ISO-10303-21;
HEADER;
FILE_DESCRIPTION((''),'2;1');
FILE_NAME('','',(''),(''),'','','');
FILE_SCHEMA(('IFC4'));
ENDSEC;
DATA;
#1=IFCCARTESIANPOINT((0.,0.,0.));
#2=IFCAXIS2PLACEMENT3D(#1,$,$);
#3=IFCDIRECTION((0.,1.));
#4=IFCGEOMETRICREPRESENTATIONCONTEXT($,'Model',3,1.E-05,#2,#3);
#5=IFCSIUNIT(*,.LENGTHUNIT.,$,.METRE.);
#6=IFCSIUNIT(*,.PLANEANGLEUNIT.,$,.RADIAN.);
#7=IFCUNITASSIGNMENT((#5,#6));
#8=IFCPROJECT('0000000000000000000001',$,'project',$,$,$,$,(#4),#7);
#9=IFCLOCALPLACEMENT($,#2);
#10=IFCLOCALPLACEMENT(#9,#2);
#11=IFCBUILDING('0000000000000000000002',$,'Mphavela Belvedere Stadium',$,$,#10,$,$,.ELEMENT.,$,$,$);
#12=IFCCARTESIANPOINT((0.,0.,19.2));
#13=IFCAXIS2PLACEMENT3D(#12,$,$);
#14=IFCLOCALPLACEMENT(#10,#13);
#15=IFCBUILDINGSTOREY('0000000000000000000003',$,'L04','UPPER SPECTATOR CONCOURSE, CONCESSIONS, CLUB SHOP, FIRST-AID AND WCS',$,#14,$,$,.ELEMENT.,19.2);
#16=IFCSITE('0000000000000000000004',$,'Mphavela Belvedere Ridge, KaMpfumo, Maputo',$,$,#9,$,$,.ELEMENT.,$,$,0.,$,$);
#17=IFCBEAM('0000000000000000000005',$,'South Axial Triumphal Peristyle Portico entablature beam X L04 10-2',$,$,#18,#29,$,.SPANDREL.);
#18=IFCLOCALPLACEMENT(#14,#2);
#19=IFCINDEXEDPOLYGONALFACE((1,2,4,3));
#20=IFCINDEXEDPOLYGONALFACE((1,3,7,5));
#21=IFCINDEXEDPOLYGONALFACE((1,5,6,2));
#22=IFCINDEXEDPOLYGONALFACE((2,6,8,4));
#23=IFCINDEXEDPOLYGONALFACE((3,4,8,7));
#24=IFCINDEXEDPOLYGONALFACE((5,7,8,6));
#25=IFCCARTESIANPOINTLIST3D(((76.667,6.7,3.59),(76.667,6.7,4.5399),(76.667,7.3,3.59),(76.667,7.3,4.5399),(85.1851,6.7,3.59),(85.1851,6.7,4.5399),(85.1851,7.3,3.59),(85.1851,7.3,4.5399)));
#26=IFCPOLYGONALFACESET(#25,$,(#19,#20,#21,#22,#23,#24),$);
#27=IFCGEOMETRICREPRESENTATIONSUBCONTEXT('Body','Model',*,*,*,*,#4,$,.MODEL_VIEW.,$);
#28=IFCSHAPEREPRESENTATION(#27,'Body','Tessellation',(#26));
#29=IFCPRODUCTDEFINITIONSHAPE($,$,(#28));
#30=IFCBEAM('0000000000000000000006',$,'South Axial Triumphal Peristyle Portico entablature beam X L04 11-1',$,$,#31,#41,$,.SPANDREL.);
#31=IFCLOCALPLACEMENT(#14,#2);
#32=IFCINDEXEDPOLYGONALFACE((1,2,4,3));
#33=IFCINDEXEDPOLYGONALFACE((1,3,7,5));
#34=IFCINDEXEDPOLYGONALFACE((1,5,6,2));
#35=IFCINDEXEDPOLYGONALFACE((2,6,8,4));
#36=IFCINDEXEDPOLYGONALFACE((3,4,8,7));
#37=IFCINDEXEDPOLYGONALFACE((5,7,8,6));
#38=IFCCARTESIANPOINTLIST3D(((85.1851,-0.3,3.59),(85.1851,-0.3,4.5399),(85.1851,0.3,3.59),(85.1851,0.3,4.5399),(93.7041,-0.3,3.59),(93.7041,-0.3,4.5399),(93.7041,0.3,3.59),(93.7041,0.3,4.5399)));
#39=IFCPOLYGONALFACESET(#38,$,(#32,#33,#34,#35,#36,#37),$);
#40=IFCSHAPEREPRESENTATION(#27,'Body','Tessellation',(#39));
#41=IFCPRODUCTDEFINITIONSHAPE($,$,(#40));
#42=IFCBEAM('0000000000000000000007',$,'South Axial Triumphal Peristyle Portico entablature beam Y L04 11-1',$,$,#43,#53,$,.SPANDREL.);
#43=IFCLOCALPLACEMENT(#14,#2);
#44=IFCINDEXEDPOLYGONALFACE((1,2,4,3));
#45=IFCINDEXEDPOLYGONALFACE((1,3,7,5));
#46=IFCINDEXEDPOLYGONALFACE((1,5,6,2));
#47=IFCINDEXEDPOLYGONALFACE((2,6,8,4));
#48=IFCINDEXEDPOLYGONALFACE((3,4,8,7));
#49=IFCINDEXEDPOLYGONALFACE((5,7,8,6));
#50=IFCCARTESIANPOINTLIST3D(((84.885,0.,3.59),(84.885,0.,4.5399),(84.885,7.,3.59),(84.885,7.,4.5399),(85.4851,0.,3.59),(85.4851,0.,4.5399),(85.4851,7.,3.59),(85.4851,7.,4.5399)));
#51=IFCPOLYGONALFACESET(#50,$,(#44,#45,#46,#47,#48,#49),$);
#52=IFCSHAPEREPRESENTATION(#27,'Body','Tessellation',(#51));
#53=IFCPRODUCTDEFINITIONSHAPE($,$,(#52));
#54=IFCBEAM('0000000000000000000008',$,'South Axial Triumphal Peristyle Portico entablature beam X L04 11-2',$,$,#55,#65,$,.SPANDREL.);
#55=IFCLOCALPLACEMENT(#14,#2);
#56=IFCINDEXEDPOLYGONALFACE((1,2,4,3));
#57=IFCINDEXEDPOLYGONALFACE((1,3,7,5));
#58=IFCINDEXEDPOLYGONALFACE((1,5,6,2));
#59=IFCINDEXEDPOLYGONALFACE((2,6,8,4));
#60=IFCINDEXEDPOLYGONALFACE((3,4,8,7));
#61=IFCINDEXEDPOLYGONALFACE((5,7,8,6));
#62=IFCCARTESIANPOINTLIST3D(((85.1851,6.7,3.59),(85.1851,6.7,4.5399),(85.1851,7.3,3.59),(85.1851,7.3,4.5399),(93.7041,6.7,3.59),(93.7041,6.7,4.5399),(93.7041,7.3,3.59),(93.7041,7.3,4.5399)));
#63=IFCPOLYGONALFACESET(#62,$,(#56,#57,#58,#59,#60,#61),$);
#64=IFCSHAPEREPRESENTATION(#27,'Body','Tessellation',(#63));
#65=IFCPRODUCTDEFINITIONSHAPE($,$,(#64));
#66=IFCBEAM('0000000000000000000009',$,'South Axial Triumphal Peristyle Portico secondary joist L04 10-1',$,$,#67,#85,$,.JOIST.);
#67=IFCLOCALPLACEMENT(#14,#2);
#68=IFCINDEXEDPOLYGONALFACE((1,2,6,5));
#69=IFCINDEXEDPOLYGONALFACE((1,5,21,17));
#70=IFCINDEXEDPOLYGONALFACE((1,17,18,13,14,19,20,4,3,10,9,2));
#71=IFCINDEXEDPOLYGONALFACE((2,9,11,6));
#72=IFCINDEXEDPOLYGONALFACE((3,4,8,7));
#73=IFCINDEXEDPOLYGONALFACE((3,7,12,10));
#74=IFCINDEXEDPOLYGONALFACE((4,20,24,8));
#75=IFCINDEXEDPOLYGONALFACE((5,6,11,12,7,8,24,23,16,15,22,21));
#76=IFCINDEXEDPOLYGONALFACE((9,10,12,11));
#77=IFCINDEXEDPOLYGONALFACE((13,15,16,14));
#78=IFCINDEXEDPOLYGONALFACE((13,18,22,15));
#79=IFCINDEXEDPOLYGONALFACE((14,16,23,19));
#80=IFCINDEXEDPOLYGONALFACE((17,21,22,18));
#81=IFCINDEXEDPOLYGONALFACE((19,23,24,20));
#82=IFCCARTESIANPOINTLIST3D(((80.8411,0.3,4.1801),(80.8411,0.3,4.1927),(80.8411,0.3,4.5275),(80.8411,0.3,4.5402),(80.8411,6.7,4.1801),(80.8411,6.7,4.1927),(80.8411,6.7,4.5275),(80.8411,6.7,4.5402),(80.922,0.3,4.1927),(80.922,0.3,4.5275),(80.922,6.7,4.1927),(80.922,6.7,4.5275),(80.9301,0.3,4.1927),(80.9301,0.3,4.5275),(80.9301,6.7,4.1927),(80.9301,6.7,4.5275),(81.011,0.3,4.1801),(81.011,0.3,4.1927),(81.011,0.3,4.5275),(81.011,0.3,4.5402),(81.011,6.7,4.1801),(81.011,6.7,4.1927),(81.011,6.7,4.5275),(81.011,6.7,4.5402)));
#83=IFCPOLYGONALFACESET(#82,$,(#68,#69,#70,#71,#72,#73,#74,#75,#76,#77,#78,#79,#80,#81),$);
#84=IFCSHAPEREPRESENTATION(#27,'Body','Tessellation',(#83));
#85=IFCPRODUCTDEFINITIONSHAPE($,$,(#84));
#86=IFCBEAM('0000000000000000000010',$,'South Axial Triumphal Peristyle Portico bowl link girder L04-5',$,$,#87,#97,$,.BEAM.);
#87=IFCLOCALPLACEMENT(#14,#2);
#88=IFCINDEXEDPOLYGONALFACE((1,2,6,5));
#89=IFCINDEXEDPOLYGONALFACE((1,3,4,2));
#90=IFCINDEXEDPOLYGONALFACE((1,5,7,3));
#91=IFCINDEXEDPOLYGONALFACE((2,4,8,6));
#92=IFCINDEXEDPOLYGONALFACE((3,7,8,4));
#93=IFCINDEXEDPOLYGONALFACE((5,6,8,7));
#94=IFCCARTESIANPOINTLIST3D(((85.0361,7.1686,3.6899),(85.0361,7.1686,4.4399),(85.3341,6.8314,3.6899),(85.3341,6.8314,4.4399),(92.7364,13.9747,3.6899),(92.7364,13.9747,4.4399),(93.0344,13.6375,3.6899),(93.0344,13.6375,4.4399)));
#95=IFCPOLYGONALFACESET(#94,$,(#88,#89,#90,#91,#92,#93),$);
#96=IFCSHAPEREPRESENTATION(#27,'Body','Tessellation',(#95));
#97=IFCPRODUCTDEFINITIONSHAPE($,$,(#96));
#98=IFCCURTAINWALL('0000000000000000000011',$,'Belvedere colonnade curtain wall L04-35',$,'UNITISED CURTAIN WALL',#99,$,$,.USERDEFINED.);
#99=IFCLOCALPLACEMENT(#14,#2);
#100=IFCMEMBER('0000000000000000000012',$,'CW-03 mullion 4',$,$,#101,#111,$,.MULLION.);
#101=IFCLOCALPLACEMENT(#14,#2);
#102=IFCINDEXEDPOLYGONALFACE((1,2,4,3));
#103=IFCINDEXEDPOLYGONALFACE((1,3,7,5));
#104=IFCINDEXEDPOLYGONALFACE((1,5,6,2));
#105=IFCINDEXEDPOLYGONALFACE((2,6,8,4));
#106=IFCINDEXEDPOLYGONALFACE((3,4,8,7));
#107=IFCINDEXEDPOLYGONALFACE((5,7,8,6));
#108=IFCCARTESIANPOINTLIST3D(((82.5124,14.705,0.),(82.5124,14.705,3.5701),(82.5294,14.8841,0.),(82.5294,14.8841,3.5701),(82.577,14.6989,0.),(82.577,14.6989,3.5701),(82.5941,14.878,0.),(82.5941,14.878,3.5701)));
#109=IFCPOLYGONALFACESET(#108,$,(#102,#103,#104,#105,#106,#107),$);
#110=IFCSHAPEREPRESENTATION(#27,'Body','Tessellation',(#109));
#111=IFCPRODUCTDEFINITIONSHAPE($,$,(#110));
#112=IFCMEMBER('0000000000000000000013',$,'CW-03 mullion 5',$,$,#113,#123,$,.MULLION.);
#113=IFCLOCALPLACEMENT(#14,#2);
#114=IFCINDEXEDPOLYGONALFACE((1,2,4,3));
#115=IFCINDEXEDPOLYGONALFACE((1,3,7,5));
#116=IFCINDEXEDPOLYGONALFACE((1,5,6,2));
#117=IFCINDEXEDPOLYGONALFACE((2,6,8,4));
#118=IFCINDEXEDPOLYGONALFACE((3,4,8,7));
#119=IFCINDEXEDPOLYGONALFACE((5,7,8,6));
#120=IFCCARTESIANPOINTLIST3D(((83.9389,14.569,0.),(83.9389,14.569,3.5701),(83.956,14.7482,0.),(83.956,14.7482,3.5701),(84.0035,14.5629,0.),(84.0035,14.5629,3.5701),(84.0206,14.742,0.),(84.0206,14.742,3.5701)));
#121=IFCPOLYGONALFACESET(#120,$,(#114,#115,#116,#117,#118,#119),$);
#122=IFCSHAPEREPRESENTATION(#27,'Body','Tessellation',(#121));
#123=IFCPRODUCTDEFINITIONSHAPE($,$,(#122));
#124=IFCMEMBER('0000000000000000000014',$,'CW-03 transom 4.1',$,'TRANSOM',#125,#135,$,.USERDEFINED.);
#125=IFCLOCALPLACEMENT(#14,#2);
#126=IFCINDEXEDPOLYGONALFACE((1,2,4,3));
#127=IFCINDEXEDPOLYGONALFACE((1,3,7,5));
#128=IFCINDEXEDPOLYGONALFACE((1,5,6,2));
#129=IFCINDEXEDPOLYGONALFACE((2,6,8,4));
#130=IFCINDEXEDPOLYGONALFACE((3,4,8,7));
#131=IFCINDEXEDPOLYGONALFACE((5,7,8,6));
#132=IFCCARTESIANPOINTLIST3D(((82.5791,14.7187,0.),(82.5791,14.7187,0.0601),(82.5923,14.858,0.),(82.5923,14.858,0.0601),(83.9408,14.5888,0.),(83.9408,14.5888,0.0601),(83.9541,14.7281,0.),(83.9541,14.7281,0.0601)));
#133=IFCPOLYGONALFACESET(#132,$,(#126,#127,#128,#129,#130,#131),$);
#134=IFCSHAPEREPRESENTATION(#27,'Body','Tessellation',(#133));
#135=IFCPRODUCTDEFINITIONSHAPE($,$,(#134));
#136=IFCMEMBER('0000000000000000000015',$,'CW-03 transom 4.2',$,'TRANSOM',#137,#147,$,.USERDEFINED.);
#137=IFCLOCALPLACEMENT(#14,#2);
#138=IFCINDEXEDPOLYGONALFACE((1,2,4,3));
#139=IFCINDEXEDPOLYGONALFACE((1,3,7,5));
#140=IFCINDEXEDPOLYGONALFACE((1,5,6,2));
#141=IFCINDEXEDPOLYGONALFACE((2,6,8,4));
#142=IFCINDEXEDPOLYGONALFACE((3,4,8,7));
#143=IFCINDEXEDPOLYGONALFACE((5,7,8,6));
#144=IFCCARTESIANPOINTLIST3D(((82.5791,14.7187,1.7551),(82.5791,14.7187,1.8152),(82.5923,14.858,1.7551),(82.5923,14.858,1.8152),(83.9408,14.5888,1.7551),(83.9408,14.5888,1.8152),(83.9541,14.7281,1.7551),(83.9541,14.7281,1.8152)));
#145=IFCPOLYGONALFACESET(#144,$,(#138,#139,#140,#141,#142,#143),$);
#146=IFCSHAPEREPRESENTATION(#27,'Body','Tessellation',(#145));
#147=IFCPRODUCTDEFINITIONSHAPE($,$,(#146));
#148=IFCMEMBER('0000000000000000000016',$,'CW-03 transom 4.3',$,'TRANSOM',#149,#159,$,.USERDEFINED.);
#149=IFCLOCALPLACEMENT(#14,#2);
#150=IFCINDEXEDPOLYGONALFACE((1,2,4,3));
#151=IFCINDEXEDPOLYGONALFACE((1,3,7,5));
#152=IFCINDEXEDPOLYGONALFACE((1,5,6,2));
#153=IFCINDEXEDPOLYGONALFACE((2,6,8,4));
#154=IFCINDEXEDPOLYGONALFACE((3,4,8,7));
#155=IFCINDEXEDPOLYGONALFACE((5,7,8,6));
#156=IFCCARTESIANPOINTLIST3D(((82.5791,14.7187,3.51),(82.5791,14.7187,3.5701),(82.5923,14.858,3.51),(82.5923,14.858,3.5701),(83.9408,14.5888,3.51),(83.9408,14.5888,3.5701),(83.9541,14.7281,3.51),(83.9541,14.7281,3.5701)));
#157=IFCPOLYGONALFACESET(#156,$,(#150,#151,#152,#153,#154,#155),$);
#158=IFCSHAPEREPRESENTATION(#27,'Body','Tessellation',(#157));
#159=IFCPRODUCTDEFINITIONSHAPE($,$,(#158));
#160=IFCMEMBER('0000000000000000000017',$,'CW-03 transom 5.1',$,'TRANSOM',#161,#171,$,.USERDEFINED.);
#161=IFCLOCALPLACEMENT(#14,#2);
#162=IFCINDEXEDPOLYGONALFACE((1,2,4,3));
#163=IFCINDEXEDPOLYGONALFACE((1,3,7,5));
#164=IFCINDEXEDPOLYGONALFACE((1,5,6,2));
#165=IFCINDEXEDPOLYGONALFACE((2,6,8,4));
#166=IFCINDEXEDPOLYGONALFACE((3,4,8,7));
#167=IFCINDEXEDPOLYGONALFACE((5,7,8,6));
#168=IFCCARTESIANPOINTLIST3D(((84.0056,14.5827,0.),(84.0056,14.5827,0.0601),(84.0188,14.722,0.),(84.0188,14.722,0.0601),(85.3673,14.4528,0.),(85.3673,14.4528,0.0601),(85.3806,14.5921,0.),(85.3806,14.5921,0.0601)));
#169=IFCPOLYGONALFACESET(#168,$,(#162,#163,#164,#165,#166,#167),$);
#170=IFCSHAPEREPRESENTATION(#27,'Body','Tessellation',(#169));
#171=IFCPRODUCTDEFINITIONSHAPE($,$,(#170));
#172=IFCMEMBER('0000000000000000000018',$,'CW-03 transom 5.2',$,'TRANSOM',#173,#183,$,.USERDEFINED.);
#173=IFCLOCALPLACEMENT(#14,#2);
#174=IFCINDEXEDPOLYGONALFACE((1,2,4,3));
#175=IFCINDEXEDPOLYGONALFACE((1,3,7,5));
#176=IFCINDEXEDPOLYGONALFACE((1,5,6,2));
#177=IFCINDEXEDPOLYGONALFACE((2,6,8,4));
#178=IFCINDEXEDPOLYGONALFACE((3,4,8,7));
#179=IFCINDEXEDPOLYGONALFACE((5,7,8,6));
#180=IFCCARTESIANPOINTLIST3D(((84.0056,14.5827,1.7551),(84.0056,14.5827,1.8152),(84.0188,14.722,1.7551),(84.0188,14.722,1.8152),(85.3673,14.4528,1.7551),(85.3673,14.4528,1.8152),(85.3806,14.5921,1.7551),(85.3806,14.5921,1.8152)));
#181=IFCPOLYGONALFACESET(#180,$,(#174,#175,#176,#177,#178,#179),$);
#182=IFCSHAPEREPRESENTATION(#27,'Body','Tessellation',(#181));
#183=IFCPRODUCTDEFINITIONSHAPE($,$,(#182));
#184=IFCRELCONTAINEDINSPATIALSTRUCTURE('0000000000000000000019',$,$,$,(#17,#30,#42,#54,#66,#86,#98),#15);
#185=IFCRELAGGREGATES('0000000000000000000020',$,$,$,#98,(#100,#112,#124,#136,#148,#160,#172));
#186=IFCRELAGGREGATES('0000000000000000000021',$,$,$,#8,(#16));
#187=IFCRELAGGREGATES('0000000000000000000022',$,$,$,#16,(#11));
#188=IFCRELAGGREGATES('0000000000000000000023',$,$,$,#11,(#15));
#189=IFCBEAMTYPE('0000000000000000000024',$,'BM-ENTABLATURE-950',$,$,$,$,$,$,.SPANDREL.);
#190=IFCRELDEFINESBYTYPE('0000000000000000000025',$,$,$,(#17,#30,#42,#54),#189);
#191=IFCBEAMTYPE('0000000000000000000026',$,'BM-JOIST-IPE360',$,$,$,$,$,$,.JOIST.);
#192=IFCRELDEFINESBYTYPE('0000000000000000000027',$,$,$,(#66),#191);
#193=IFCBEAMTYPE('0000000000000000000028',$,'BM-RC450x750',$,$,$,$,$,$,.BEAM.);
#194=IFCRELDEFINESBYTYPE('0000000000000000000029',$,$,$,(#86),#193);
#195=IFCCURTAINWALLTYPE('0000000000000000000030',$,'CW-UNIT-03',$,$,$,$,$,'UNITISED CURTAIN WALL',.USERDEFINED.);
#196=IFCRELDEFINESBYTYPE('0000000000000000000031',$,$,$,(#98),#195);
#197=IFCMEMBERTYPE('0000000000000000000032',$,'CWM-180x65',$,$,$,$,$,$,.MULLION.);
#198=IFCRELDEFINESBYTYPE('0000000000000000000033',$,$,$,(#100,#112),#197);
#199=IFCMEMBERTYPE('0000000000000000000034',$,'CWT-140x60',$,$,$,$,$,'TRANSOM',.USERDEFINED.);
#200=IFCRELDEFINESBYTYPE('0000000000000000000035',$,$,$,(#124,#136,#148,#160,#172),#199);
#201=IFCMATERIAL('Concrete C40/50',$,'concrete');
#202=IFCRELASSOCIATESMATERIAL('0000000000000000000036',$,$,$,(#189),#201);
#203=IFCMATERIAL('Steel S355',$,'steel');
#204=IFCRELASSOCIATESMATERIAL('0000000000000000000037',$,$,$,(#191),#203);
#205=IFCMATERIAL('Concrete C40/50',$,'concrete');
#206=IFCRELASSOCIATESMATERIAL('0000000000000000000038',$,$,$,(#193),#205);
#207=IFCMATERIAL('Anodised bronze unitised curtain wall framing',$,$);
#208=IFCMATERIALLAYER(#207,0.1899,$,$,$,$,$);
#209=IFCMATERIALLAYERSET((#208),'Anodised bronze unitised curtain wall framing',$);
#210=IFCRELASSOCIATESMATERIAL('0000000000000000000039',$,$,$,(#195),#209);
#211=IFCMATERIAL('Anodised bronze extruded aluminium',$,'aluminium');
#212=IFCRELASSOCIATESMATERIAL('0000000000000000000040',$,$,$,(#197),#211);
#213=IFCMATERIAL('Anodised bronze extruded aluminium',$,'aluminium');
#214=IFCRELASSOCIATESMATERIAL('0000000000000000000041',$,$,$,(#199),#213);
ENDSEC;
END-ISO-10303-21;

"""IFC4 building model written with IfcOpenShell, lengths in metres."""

from ifc_helpers import new_model, si_unit, direction, frame, origin, origin_2d, place, context, subcontext, project, spatial, rectangle, i_section, extrude, material, layer, layer_set, material_profile, profile_set, type_object, element, aggregate, save


model = new_model("IFC4")

# Units and contexts
model_context = context("Model", 3, precision=1e-05, world=origin(), true_north=direction((0.0, 1.0)))
body_context = subcontext(model_context, "Body", "Model", "MODEL_VIEW")
ifc_project = project(units=[si_unit("LENGTHUNIT", "METRE"), si_unit("PLANEANGLEUNIT", "RADIAN")], contexts=[model_context])

# Site, building, storey
site_placement = place(None, origin())
site = spatial("IfcSite", under=ifc_project, at=site_placement, Name="Mphavela Belvedere Ridge, KaMpfumo, Maputo", CompositionType="ELEMENT", RefElevation=0.0)
building_placement = place(site_placement, origin())
building = spatial("IfcBuilding", under=site, at=building_placement, Name="Mphavela Belvedere Stadium", CompositionType="ELEMENT")
storey_placement = place(building_placement, frame((0.0, 0.0, 19.2)))
storey = spatial("IfcBuildingStorey", under=building, at=storey_placement, Name="L04", Description="UPPER SPECTATOR CONCOURSE, CONCESSIONS, CLUB SHOP, FIRST-AID AND WCS", CompositionType="ELEMENT", Elevation=19.2)

# Beams
ifc_material_1 = material(Name="Concrete C40/50", Category="concrete")
ifc_material_profile_1 = material_profile(ifc_material_1, rectangle(XDim=0.6001, YDim=0.95, at=origin_2d()), Name="RC 600x950")
ifc_profile_set_1 = profile_set([ifc_material_profile_1], Name="Concrete C40/50")
beam_type_1 = type_object("IfcBeamType", Name="BM-ENTABLATURE-950", PredefinedType="SPANDREL", material=ifc_profile_set_1)
beam_1_placement = place(storey_placement, frame((76.667, 7.0, 4.0649), z_axis=(1.0, 0.0, 0.0), x_axis=(0.0, 1.0, 0.0)))
element("IfcBeam", 1, at=beam_1_placement, inside=storey, type_object=beam_type_1, Name="South Axial Triumphal Peristyle Portico entablature beam X L04 10-2", PredefinedType="SPANDREL", context=body_context, shape_type="SweptSolid", body=[
    extrude(rectangle(XDim=0.6001, YDim=0.95, at=origin_2d()), origin(), (0.0, 0.0, 1.0), 8.5181),
])
beam_2_placement = place(storey_placement, frame((85.1851, 0.0, 4.0649), z_axis=(1.0, 0.0, 0.0), x_axis=(0.0, 1.0, 0.0)))
element("IfcBeam", 2, at=beam_2_placement, inside=storey, type_object=beam_type_1, Name="South Axial Triumphal Peristyle Portico entablature beam X L04 11-1", PredefinedType="SPANDREL", context=body_context, shape_type="SweptSolid", body=[
    extrude(rectangle(XDim=0.6001, YDim=0.95, at=origin_2d()), origin(), (0.0, 0.0, 1.0), 8.519),
])
beam_3_placement = place(storey_placement, frame((85.1851, 0.0, 4.0649), z_axis=(0.0, 1.0, 0.0), x_axis=(-1.0, 0.0, 0.0)))
element("IfcBeam", 3, at=beam_3_placement, inside=storey, type_object=beam_type_1, Name="South Axial Triumphal Peristyle Portico entablature beam Y L04 11-1", PredefinedType="SPANDREL", context=body_context, shape_type="SweptSolid", body=[
    extrude(rectangle(XDim=0.6001, YDim=0.95, at=origin_2d()), origin(), (0.0, 0.0, 1.0), 7.0),
])
beam_4_placement = place(storey_placement, frame((85.1851, 7.0, 4.0649), z_axis=(1.0, 0.0, 0.0), x_axis=(0.0, 1.0, 0.0)))
element("IfcBeam", 4, at=beam_4_placement, inside=storey, type_object=beam_type_1, Name="South Axial Triumphal Peristyle Portico entablature beam X L04 11-2", PredefinedType="SPANDREL", context=body_context, shape_type="SweptSolid", body=[
    extrude(rectangle(XDim=0.6001, YDim=0.95, at=origin_2d()), origin(), (0.0, 0.0, 1.0), 8.519),
])
ifc_material_2 = material(Name="Steel S355", Category="steel")
ifc_material_profile_2 = material_profile(ifc_material_2, i_section(OverallWidth=0.1699, OverallDepth=0.3601, WebThickness=0.0081, FlangeThickness=0.0127, at=origin_2d()), Name="IPE 360")
ifc_profile_set_2 = profile_set([ifc_material_profile_2], Name="Steel S355")
beam_type_2 = type_object("IfcBeamType", Name="BM-JOIST-IPE360", PredefinedType="JOIST", material=ifc_profile_set_2)
beam_5_placement = place(storey_placement, frame((80.926, 0.3, 4.3601), z_axis=(0.0, 1.0, 0.0), x_axis=(-1.0, 0.0, 0.0)))
element("IfcBeam", 5, at=beam_5_placement, inside=storey, type_object=beam_type_2, Name="South Axial Triumphal Peristyle Portico secondary joist L04 10-1", PredefinedType="JOIST", context=body_context, shape_type="SweptSolid", body=[
    extrude(i_section(OverallWidth=0.1699, OverallDepth=0.3601, WebThickness=0.0081, FlangeThickness=0.0127, at=origin_2d()), origin(), (0.0, 0.0, 1.0), 6.3999),
])
ifc_material_3 = material(Name="Concrete C40/50", Category="concrete")
ifc_material_profile_3 = material_profile(ifc_material_3, rectangle(XDim=0.45, YDim=0.75, at=origin_2d()), Name="RC 450x750")
ifc_profile_set_3 = profile_set([ifc_material_profile_3], Name="Concrete C40/50")
beam_type_3 = type_object("IfcBeamType", Name="BM-RC450x750", PredefinedType="BEAM", material=ifc_profile_set_3)
beam_6_placement = place(storey_placement, frame((85.1851, 7.0, 4.0649), z_axis=(0.749275, 0.662259, 0.0), x_axis=(-0.662259, 0.749275, 0.0)))
element("IfcBeam", 6, at=beam_6_placement, inside=storey, type_object=beam_type_3, Name="South Axial Triumphal Peristyle Portico bowl link girder L04-5", PredefinedType="BEAM", context=body_context, shape_type="SweptSolid", body=[
    extrude(rectangle(XDim=0.45, YDim=0.75, at=origin_2d()), origin(), (0.0, 0.0, 1.0), 10.2771),
])

# Curtain wall, members
ifc_material_4 = material(Name="Anodised bronze unitised curtain wall framing")
ifc_layer_1 = layer(ifc_material_4, 0.1899)
ifc_layer_set_1 = layer_set([ifc_layer_1], Name="Anodised bronze unitised curtain wall framing")
curtain_wall_type = type_object("IfcCurtainWallType", Name="CW-UNIT-03", ElementType="UNITISED CURTAIN WALL", PredefinedType="USERDEFINED", material=ifc_layer_set_1)
curtain_wall_placement = place(storey_placement, origin())
curtain_wall = element("IfcCurtainWall", 7, at=curtain_wall_placement, inside=storey, type_object=curtain_wall_type, Name="Belvedere colonnade curtain wall L04-35", ObjectType="UNITISED CURTAIN WALL", PredefinedType="USERDEFINED")
ifc_material_5 = material(Name="Anodised bronze extruded aluminium", Category="aluminium")
ifc_material_profile_4 = material_profile(ifc_material_5, rectangle(XDim=0.1799, YDim=0.0649, at=origin_2d()), Name="CW-MUL 180x65")
ifc_profile_set_4 = profile_set([ifc_material_profile_4], Name="Anodised bronze extruded aluminium")
member_type_1 = type_object("IfcMemberType", Name="CWM-180x65", PredefinedType="MULLION", material=ifc_profile_set_4)
member_1_placement = place(storey_placement, frame((82.5532, 14.7915, 0.0), z_axis=(0.0, 0.0, 1.0), x_axis=(0.094933, 0.995484, 0.0)))
member_1 = element("IfcMember", 8, at=member_1_placement, type_object=member_type_1, Name="CW-03 mullion 4", PredefinedType="MULLION", context=body_context, shape_type="SweptSolid", body=[
    extrude(rectangle(XDim=0.1799, YDim=0.0649, at=origin_2d()), origin(), (0.0, 0.0, 1.0), 3.5701),
])
member_2_placement = place(storey_placement, frame((83.9797, 14.6555, 0.0), z_axis=(0.0, 0.0, 1.0), x_axis=(0.094933, 0.995484, 0.0)))
member_2 = element("IfcMember", 9, at=member_2_placement, type_object=member_type_1, Name="CW-03 mullion 5", PredefinedType="MULLION", context=body_context, shape_type="SweptSolid", body=[
    extrude(rectangle(XDim=0.1799, YDim=0.0649, at=origin_2d()), origin(), (0.0, 0.0, 1.0), 3.5701),
])
ifc_material_6 = material(Name="Anodised bronze extruded aluminium", Category="aluminium")
ifc_material_profile_5 = material_profile(ifc_material_6, rectangle(XDim=0.1399, YDim=0.0601, at=origin_2d()), Name="CW-TRN 140x60")
ifc_profile_set_5 = profile_set([ifc_material_profile_5], Name="Anodised bronze extruded aluminium")
member_type_2 = type_object("IfcMemberType", Name="CWT-140x60", ElementType="TRANSOM", PredefinedType="USERDEFINED", material=ifc_profile_set_5)
member_3_placement = place(storey_placement, frame((82.5857, 14.7883, 0.03), z_axis=(0.995483, -0.094944, 0.0), x_axis=(0.094944, 0.995483, 0.0)))
member_3 = element("IfcMember", 10, at=member_3_placement, type_object=member_type_2, Name="CW-03 transom 4.1", ObjectType="TRANSOM", PredefinedType="USERDEFINED", context=body_context, shape_type="SweptSolid", body=[
    extrude(rectangle(XDim=0.1399, YDim=0.0601, at=origin_2d()), origin(), (0.0, 0.0, 1.0), 1.3679),
])
member_4_placement = place(storey_placement, frame((82.5857, 14.7883, 1.7852), z_axis=(0.995483, -0.094944, 0.0), x_axis=(0.094944, 0.995483, 0.0)))
member_4 = element("IfcMember", 11, at=member_4_placement, type_object=member_type_2, Name="CW-03 transom 4.2", ObjectType="TRANSOM", PredefinedType="USERDEFINED", context=body_context, shape_type="SweptSolid", body=[
    extrude(rectangle(XDim=0.1399, YDim=0.0601, at=origin_2d()), origin(), (0.0, 0.0, 1.0), 1.3679),
])
member_5_placement = place(storey_placement, frame((82.5857, 14.7883, 3.54), z_axis=(0.995483, -0.094944, 0.0), x_axis=(0.094944, 0.995483, 0.0)))
member_5 = element("IfcMember", 12, at=member_5_placement, type_object=member_type_2, Name="CW-03 transom 4.3", ObjectType="TRANSOM", PredefinedType="USERDEFINED", context=body_context, shape_type="SweptSolid", body=[
    extrude(rectangle(XDim=0.1399, YDim=0.0601, at=origin_2d()), origin(), (0.0, 0.0, 1.0), 1.3679),
])
member_6_placement = place(storey_placement, frame((84.0122, 14.6523, 0.03), z_axis=(0.995483, -0.094944, 0.0), x_axis=(0.094944, 0.995483, 0.0)))
member_6 = element("IfcMember", 13, at=member_6_placement, type_object=member_type_2, Name="CW-03 transom 5.1", ObjectType="TRANSOM", PredefinedType="USERDEFINED", context=body_context, shape_type="SweptSolid", body=[
    extrude(rectangle(XDim=0.1399, YDim=0.0601, at=origin_2d()), origin(), (0.0, 0.0, 1.0), 1.3679),
])
member_7_placement = place(storey_placement, frame((84.0122, 14.6523, 1.7852), z_axis=(0.995483, -0.094944, 0.0), x_axis=(0.094944, 0.995483, 0.0)))
member_7 = element("IfcMember", 14, at=member_7_placement, type_object=member_type_2, Name="CW-03 transom 5.2", ObjectType="TRANSOM", PredefinedType="USERDEFINED", context=body_context, shape_type="SweptSolid", body=[
    extrude(rectangle(XDim=0.1399, YDim=0.0601, at=origin_2d()), origin(), (0.0, 0.0, 1.0), 1.3679),
])
aggregate(curtain_wall, [member_1, member_2, member_3, member_4, member_5, member_6, member_7])

save(model, "model.ifc")
